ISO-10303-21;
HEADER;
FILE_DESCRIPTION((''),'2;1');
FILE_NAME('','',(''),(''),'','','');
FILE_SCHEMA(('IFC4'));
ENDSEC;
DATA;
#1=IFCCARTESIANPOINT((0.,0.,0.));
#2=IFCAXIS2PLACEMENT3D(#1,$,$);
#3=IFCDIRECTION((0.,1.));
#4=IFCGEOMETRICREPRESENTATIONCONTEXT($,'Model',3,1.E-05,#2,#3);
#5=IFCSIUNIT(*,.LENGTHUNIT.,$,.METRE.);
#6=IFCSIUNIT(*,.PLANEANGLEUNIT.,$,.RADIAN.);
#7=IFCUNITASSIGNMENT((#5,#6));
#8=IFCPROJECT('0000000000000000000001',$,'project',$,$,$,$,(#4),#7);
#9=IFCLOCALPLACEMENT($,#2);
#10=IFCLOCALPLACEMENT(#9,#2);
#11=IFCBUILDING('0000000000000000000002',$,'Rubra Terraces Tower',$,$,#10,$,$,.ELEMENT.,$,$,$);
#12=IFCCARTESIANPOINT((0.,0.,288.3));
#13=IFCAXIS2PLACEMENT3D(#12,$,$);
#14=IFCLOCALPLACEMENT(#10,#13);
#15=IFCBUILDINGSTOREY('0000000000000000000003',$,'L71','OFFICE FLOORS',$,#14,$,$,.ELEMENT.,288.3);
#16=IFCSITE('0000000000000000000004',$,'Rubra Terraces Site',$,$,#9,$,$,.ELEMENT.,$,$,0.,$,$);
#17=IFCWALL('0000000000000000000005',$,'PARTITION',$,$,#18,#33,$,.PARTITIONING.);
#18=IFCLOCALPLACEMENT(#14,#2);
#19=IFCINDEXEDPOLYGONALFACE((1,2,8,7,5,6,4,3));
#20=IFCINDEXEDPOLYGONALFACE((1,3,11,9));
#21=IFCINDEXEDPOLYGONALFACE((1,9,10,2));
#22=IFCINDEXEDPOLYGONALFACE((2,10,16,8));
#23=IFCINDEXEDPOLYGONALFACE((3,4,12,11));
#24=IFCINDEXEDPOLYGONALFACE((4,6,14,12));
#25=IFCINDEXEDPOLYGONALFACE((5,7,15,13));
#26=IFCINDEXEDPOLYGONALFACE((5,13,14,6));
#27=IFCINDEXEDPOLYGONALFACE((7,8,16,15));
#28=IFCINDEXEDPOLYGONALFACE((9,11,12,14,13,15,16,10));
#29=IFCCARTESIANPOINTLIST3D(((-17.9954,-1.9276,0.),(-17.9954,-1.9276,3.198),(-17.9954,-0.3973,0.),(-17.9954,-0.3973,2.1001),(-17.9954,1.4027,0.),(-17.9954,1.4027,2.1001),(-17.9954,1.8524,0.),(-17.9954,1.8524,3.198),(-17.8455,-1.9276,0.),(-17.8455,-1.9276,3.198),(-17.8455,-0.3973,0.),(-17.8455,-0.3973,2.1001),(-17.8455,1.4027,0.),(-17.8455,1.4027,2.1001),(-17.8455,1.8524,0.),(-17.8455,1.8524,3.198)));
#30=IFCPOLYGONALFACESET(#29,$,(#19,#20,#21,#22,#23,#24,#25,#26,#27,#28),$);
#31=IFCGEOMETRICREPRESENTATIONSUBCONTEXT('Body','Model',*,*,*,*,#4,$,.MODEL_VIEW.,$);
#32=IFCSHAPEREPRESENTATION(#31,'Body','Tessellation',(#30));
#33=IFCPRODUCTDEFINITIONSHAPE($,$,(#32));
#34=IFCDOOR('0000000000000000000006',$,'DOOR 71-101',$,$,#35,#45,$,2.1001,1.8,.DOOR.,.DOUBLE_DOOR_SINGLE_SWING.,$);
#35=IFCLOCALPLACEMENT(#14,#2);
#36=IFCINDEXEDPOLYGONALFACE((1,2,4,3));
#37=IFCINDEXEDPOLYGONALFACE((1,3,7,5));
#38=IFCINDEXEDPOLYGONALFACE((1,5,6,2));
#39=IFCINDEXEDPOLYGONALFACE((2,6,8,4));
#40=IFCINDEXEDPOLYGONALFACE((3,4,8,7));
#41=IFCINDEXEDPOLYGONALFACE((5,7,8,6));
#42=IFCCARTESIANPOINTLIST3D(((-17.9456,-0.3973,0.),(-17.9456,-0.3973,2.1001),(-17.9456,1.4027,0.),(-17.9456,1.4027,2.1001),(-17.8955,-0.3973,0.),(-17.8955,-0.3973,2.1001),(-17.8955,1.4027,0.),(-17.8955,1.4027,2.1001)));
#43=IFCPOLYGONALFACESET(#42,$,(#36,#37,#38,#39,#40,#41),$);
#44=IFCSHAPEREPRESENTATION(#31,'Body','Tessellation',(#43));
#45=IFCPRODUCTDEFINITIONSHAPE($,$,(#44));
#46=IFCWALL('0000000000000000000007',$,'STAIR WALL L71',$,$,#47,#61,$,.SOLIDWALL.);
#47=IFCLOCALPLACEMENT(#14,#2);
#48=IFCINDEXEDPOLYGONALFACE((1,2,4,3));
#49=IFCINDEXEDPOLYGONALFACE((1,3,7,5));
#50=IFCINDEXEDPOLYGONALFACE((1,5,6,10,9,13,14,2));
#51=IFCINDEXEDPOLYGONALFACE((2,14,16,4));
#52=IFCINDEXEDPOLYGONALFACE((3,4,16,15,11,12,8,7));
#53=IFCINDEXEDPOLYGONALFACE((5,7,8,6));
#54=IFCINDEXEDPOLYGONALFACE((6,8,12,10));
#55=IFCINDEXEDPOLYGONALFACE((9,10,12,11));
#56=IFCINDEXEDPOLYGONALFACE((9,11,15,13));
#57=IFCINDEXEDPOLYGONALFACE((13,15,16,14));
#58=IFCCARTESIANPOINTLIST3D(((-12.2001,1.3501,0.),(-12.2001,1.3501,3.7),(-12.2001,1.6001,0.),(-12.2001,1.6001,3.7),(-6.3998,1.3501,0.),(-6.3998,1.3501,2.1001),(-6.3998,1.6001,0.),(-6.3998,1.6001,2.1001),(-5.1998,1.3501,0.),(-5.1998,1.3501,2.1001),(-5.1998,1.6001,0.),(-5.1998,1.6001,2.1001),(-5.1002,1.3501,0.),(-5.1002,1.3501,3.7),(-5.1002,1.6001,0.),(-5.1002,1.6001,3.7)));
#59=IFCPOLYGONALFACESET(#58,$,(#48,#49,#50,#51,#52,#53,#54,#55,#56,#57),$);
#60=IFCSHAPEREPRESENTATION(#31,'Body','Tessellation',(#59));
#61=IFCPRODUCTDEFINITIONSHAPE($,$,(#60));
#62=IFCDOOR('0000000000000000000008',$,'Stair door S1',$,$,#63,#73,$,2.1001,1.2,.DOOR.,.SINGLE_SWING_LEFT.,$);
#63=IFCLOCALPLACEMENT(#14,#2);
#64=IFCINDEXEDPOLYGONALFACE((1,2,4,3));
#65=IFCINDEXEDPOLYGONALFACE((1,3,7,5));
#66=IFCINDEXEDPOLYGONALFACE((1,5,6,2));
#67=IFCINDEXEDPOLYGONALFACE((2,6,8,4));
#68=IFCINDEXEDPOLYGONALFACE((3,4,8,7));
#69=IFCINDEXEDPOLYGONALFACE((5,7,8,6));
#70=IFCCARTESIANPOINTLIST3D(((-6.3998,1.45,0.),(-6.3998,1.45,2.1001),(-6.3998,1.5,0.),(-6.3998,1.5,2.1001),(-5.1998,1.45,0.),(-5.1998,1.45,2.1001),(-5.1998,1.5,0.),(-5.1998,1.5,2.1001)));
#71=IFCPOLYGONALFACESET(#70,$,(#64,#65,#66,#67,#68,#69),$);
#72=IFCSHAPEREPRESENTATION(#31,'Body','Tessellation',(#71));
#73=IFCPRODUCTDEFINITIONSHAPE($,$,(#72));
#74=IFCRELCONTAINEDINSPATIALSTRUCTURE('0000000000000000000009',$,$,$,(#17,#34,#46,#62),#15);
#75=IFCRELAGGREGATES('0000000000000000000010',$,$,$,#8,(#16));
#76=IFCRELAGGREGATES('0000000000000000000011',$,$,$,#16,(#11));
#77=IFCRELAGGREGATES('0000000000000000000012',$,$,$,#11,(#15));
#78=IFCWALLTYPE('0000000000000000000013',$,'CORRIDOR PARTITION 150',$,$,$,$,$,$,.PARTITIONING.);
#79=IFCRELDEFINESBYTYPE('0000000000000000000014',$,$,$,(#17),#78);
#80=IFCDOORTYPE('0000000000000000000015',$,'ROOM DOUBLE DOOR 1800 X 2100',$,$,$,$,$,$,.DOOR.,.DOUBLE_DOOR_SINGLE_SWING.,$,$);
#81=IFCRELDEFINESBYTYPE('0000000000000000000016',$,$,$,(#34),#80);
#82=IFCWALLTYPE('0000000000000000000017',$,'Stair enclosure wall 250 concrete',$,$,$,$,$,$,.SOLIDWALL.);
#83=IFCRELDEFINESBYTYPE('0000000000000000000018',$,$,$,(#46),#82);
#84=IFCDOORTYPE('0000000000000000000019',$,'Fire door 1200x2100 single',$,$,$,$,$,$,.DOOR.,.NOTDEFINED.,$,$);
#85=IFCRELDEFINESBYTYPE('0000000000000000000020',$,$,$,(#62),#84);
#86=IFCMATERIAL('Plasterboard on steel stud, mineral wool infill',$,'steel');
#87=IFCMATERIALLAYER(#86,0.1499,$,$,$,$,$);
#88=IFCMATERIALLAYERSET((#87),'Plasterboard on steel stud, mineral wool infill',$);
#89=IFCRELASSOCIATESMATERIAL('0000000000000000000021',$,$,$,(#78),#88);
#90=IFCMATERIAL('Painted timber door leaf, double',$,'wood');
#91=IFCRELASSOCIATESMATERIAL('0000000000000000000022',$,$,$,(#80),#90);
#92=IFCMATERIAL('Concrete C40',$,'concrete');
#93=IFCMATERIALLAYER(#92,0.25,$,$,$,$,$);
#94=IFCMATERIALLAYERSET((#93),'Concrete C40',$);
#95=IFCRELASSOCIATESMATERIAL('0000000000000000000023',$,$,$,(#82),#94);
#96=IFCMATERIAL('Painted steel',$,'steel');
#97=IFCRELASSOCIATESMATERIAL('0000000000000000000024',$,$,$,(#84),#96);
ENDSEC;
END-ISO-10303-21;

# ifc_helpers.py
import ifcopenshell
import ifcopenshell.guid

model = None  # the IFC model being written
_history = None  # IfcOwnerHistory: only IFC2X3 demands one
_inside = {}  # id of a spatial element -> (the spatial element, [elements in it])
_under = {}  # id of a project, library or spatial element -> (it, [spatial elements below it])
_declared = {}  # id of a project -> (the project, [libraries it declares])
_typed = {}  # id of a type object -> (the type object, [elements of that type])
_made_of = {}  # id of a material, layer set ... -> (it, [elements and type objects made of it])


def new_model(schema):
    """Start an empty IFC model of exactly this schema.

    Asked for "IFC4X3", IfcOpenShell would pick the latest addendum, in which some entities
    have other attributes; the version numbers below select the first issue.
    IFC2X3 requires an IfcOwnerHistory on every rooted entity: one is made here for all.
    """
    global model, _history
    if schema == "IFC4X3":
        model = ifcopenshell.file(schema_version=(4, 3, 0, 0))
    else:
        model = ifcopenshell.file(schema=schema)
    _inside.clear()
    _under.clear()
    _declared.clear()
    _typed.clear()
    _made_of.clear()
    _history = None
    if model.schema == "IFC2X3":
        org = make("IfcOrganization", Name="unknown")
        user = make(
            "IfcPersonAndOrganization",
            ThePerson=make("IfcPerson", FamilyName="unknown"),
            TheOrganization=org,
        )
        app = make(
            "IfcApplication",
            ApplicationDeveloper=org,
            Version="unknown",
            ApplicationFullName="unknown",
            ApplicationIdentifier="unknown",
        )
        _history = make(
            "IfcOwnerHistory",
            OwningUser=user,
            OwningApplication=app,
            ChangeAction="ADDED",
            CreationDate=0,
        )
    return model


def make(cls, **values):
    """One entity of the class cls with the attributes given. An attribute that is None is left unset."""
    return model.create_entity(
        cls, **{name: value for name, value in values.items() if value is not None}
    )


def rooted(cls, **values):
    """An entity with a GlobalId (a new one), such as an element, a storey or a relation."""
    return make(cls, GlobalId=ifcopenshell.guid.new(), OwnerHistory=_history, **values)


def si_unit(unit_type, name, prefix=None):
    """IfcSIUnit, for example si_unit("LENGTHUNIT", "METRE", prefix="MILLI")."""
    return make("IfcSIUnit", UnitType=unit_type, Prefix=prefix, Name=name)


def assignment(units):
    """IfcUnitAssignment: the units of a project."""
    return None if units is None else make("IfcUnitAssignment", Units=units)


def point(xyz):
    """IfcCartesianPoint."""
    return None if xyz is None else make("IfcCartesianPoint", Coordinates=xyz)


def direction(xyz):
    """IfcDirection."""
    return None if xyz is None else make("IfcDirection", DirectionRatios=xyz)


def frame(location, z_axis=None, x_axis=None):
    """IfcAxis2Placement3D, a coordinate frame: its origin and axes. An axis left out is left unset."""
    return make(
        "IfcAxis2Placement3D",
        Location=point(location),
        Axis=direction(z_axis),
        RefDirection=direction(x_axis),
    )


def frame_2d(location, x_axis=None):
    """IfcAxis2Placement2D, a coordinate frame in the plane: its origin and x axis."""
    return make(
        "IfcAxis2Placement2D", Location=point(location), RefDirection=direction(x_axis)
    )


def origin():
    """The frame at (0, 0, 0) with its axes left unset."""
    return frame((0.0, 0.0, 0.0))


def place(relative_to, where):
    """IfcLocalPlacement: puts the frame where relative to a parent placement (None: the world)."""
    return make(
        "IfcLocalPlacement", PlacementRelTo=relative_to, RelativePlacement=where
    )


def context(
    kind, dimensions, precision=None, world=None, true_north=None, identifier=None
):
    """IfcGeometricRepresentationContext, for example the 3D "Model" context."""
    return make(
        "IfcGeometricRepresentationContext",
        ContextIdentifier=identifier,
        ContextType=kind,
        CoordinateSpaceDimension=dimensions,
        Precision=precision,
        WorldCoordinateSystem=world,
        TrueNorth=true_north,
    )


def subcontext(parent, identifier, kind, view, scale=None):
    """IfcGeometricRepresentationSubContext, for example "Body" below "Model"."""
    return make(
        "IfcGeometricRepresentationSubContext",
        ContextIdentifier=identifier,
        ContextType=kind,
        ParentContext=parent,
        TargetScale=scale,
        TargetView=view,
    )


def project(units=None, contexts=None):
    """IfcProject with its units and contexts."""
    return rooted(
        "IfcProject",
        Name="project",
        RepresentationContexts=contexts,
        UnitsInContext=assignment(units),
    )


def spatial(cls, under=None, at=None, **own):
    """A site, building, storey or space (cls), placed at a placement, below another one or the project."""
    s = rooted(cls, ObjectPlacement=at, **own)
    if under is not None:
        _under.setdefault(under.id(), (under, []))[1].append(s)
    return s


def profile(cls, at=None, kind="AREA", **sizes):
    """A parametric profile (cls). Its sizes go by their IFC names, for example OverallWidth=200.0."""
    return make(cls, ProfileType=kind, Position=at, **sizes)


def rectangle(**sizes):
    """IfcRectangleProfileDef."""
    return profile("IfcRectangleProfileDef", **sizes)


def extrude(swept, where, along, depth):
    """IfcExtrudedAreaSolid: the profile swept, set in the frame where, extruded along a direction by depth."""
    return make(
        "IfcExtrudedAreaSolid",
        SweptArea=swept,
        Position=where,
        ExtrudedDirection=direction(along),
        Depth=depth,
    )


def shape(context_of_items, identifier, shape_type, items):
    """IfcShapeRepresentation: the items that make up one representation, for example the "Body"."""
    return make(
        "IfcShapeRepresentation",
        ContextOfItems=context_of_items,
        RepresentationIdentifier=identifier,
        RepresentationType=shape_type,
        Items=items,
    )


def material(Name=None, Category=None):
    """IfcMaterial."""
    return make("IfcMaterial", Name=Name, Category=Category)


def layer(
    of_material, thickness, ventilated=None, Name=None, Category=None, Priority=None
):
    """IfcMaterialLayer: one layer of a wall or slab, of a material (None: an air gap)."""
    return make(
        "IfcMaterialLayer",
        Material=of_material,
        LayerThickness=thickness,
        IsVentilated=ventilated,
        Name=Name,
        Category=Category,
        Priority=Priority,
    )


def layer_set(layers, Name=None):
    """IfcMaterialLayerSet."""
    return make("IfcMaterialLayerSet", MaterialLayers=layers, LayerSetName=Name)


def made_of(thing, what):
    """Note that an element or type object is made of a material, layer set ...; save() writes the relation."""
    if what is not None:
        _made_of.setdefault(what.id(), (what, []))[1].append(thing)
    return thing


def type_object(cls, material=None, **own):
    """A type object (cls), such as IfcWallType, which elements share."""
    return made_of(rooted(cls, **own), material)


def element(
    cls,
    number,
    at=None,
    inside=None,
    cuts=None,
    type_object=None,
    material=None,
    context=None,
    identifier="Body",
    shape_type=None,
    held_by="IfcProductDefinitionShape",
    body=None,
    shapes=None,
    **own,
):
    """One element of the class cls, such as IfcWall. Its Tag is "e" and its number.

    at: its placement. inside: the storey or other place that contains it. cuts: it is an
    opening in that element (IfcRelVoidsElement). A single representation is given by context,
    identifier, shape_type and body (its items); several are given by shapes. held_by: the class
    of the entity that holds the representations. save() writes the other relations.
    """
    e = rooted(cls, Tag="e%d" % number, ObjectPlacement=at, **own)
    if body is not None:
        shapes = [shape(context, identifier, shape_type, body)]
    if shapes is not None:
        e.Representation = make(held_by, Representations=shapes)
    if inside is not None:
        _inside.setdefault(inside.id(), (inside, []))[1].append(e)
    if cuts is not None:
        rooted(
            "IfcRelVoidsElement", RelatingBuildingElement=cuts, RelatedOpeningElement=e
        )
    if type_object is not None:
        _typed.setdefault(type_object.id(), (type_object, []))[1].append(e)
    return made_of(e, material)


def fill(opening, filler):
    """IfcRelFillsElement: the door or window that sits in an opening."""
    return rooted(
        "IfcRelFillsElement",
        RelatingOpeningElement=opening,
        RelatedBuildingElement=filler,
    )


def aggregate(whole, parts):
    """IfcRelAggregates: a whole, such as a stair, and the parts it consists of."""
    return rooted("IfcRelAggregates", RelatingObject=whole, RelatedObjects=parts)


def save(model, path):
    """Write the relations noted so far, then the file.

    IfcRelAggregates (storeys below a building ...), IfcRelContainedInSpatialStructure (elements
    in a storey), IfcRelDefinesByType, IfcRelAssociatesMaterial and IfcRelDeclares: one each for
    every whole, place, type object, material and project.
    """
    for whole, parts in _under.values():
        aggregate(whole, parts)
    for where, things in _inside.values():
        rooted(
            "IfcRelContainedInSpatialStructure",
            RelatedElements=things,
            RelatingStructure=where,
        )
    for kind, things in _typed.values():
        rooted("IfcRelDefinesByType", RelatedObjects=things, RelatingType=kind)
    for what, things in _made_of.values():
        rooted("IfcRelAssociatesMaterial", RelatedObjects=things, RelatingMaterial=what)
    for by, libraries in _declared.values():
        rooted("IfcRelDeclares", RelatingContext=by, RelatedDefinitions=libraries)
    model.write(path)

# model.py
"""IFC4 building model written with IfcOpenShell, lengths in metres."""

from ifc_helpers import new_model, si_unit, direction, frame, frame_2d, origin, place, context, subcontext, project, spatial, rectangle, extrude, material, layer, layer_set, type_object, element, fill, save


model = new_model("IFC4")

# Units and contexts
model_context = context("Model", 3, precision=1e-05, world=origin(), true_north=direction((0.0, 1.0)))
body_context = subcontext(model_context, "Body", "Model", "MODEL_VIEW")
ifc_project = project(units=[si_unit("LENGTHUNIT", "METRE"), si_unit("PLANEANGLEUNIT", "RADIAN")], contexts=[model_context])

# Site, building, storey
site_placement = place(None, origin())
site = spatial("IfcSite", under=ifc_project, at=site_placement, Name="Rubra Terraces Site", CompositionType="ELEMENT", RefElevation=0.0)
building_placement = place(site_placement, origin())
building = spatial("IfcBuilding", under=site, at=building_placement, Name="Rubra Terraces Tower", CompositionType="ELEMENT")
storey_placement = place(building_placement, frame((0.0, 0.0, 288.3)))
storey = spatial("IfcBuildingStorey", under=building, at=storey_placement, Name="L71", Description="OFFICE FLOORS", CompositionType="ELEMENT", Elevation=288.3)

# Shared definitions
ifc_material_1 = material(Name="Plasterboard on steel stud, mineral wool infill", Category="steel")
ifc_layer_1 = layer(ifc_material_1, 0.1499)
ifc_layer_set_1 = layer_set([ifc_layer_1], Name="Plasterboard on steel stud, mineral wool infill")
wall_type_1 = type_object("IfcWallType", Name="CORRIDOR PARTITION 150", PredefinedType="PARTITIONING", material=ifc_layer_set_1)

# Walls, openings, doors
wall_1_placement = place(storey_placement, frame((-17.9204, 1.8525, 0.0), z_axis=(0.0, 0.0, 1.0), x_axis=(0.0, -1.0, 0.0)))
wall_1 = element("IfcWall", 1, at=wall_1_placement, inside=storey, type_object=wall_type_1, Name="PARTITION", PredefinedType="PARTITIONING", context=body_context, shape_type="SweptSolid", body=[
    extrude(rectangle(XDim=3.78, YDim=0.1499, at=frame_2d((1.8901, 0.0))), origin(), (0.0, 0.0, 1.0), 3.198),
])
opening_1_placement = place(wall_1_placement, frame((0.45, 0.0, 0.0)))
opening_1 = element("IfcOpeningElement", 2, at=opening_1_placement, cuts=wall_1, PredefinedType="OPENING", context=body_context, shape_type="SweptSolid", body=[
    extrude(rectangle(XDim=1.8, YDim=2.1001, at=frame_2d((0.8999, 1.05))), frame((0.0, 0.085, 0.0), z_axis=(0.0, -1.0, 0.0), x_axis=(1.0, 0.0, 0.0)), (0.0, 0.0, 1.0), 0.1699),
])
ifc_material_2 = material(Name="Painted timber door leaf, double", Category="wood")
door_type_1 = type_object("IfcDoorType", Name="ROOM DOUBLE DOOR 1800 X 2100", OperationType="DOUBLE_DOOR_SINGLE_SWING", PredefinedType="DOOR", material=ifc_material_2)
door_1_placement = place(opening_1_placement, origin())
door_1 = element("IfcDoor", 3, at=door_1_placement, inside=storey, type_object=door_type_1, Name="DOOR 71-101", OperationType="DOUBLE_DOOR_SINGLE_SWING", OverallHeight=2.1001, OverallWidth=1.8, PredefinedType="DOOR", context=body_context, shape_type="SweptSolid", body=[
    extrude(rectangle(XDim=1.8, YDim=2.1001, at=frame_2d((0.8999, 1.05))), frame((0.0, 0.0249, 0.0), z_axis=(0.0, -1.0, 0.0), x_axis=(1.0, 0.0, 0.0)), (0.0, 0.0, 1.0), 0.05),
])
fill(opening_1, door_1)
ifc_material_3 = material(Name="Concrete C40", Category="concrete")
ifc_layer_2 = layer(ifc_material_3, 0.25)
ifc_layer_set_2 = layer_set([ifc_layer_2], Name="Concrete C40")
wall_type_2 = type_object("IfcWallType", Name="Stair enclosure wall 250 concrete", PredefinedType="SOLIDWALL", material=ifc_layer_set_2)
wall_2_placement = place(storey_placement, frame((-12.2, 1.4751, 0.0), z_axis=(0.0, 0.0, 1.0), x_axis=(1.0, 0.0, 0.0)))
wall_2 = element("IfcWall", 4, at=wall_2_placement, inside=storey, type_object=wall_type_2, Name="STAIR WALL L71", PredefinedType="SOLIDWALL", context=body_context, shape_type="SweptSolid", body=[
    extrude(rectangle(XDim=7.0999, YDim=0.25, at=frame_2d((3.5498, 0.0))), origin(), (0.0, 0.0, 1.0), 3.7),
])
opening_2_placement = place(wall_2_placement, frame((5.8, 0.0, 0.0)))
opening_2 = element("IfcOpeningElement", 5, at=opening_2_placement, cuts=wall_2, PredefinedType="OPENING", context=body_context, shape_type="SweptSolid", body=[
    extrude(rectangle(XDim=1.2, YDim=2.1001, at=frame_2d((0.6001, 1.05))), frame((0.0, 0.135, 0.0), z_axis=(0.0, -1.0, 0.0), x_axis=(1.0, 0.0, 0.0)), (0.0, 0.0, 1.0), 0.27),
])
ifc_material_4 = material(Name="Painted steel", Category="steel")
door_type_2 = type_object("IfcDoorType", Name="Fire door 1200x2100 single", OperationType="NOTDEFINED", PredefinedType="DOOR", material=ifc_material_4)
door_2_placement = place(opening_2_placement, origin())
door_2 = element("IfcDoor", 6, at=door_2_placement, inside=storey, type_object=door_type_2, Name="Stair door S1", OperationType="SINGLE_SWING_LEFT", OverallHeight=2.1001, OverallWidth=1.2, PredefinedType="DOOR", context=body_context, shape_type="SweptSolid", body=[
    extrude(rectangle(XDim=1.2, YDim=2.1001, at=frame_2d((0.6001, 1.05))), frame((0.0, 0.0249, 0.0), z_axis=(0.0, -1.0, 0.0), x_axis=(1.0, 0.0, 0.0)), (0.0, 0.0, 1.0), 0.05),
])
fill(opening_2, door_2)

save(model, "model.ifc")
